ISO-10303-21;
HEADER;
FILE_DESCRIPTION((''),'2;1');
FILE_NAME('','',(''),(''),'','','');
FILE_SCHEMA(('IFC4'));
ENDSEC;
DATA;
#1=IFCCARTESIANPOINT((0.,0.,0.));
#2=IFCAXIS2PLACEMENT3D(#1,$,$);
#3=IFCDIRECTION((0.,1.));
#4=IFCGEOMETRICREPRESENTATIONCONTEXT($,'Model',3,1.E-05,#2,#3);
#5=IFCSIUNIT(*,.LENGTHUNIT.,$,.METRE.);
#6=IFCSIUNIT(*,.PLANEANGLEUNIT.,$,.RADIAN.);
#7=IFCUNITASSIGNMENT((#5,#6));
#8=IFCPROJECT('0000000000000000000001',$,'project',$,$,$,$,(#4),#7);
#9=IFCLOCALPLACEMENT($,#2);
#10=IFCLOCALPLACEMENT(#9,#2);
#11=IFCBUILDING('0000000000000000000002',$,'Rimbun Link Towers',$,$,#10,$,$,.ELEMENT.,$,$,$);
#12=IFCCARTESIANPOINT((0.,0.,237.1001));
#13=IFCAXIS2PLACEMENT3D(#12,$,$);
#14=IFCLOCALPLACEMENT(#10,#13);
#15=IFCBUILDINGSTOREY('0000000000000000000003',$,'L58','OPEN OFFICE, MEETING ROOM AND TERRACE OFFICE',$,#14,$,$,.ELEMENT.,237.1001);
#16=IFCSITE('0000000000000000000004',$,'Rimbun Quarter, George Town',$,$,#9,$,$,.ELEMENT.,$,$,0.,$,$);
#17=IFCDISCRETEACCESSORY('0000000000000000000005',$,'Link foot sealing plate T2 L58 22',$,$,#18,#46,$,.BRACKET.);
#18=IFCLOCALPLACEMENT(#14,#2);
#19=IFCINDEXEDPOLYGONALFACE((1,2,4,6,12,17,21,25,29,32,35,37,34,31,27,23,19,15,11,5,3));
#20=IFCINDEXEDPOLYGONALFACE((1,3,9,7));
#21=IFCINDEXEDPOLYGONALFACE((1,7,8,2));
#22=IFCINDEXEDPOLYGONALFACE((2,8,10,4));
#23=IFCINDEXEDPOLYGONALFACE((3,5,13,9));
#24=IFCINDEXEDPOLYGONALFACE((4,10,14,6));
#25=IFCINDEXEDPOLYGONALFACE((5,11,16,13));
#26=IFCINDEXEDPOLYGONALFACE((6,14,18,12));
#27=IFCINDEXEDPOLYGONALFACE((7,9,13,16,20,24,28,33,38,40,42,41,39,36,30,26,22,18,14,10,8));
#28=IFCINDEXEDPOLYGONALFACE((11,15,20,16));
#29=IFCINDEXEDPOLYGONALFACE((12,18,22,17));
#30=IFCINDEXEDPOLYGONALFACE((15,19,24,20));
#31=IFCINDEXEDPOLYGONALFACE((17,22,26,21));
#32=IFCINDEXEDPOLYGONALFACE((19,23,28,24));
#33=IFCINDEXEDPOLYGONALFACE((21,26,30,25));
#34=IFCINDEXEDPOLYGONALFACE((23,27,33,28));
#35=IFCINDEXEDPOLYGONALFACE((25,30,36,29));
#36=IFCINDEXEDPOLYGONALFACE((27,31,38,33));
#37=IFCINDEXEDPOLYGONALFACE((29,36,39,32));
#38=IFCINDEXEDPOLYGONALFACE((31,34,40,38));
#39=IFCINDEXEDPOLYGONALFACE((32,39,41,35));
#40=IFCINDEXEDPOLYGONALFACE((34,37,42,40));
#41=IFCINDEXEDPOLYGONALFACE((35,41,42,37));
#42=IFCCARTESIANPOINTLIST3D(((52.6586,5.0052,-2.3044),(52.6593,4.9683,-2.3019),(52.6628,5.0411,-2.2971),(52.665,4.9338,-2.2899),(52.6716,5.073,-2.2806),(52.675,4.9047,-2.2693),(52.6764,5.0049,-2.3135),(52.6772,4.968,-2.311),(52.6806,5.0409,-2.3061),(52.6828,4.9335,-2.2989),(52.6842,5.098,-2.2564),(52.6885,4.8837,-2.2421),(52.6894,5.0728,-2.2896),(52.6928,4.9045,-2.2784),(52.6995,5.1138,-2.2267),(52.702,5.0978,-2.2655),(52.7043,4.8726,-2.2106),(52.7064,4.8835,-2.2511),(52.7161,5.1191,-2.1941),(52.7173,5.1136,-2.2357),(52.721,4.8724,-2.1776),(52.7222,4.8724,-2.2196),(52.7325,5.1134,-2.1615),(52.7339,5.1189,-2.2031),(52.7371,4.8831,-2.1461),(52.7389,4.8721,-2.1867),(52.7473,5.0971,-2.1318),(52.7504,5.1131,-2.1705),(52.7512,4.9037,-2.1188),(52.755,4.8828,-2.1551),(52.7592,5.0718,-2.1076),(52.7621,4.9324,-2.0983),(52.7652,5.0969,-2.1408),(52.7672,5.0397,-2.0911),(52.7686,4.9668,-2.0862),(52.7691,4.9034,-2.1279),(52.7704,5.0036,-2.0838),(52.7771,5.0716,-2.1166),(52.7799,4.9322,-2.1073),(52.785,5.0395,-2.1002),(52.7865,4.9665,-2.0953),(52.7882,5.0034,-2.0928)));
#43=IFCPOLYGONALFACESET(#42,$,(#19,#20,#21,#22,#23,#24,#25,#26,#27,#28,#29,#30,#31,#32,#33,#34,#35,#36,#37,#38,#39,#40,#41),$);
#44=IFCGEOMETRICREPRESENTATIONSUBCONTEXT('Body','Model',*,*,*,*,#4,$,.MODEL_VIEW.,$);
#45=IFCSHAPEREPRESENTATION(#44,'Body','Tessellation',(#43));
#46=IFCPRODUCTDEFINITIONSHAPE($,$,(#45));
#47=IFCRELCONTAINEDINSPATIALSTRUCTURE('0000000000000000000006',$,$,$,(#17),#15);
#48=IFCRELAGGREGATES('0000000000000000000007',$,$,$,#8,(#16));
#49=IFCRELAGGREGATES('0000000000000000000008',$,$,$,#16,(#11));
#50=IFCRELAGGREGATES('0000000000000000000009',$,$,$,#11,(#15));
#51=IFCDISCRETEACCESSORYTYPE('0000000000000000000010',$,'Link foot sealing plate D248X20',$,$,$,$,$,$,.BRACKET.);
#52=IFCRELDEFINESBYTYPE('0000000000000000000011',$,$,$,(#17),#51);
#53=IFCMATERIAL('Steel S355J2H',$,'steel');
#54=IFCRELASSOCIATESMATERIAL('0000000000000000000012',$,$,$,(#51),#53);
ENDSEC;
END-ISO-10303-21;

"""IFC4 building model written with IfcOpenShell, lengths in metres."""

from ifc_helpers import new_model, si_unit, direction, frame, origin, origin_2d, place, context, subcontext, project, spatial, circle, extrude, material, material_profile, profile_set, type_object, element, save


model = new_model("IFC4")

# Units and contexts
model_context = context("Model", 3, precision=1e-05, world=origin(), true_north=direction((0.0, 1.0)))
body_context = subcontext(model_context, "Body", "Model", "MODEL_VIEW")
ifc_project = project(units=[si_unit("LENGTHUNIT", "METRE"), si_unit("PLANEANGLEUNIT", "RADIAN")], contexts=[model_context])

# Site, building, storey
site_placement = place(None, origin())
site = spatial("IfcSite", under=ifc_project, at=site_placement, Name="Rimbun Quarter, George Town", CompositionType="ELEMENT", RefElevation=0.0)
building_placement = place(site_placement, origin())
building = spatial("IfcBuilding", under=site, at=building_placement, Name="Rimbun Link Towers", CompositionType="ELEMENT")
storey_placement = place(building_placement, frame((0.0, 0.0, 237.1001)))
storey = spatial("IfcBuildingStorey", under=building, at=storey_placement, Name="L58", Description="OPEN OFFICE, MEETING ROOM AND TERRACE OFFICE", CompositionType="ELEMENT", Elevation=237.1001)

# Discrete accessory
ifc_material_1 = material(Name="Steel S355J2H", Category="steel")
ifc_material_profile_1 = material_profile(ifc_material_1, circle(Radius=0.124, at=origin_2d()), Name="PL D248")
ifc_profile_set_1 = profile_set([ifc_material_profile_1], Name="Steel S355J2H")
discrete_accessory_type = type_object("IfcDiscreteAccessoryType", Name="Link foot sealing plate D248X20", PredefinedType="BRACKET", material=ifc_profile_set_1)
for number, where, z_axis, x_axis, name in (
    (1, (52.7144, 4.9951, -2.1941), (0.891904, -0.012218, -0.452061), (0.013697, 0.999906, 0.0), "Link foot sealing plate T2 L58 22"),
):
    element("IfcDiscreteAccessory", number, at=place(storey_placement, frame(where, z_axis=z_axis, x_axis=x_axis)), inside=storey, type_object=discrete_accessory_type, Name=name, PredefinedType="BRACKET", context=body_context, shape_type="SweptSolid", body=[
        extrude(circle(Radius=0.124, at=origin_2d()), origin(), (0.0, 0.0, 1.0), 0.02),
    ])

save(model, "model.ifc")
